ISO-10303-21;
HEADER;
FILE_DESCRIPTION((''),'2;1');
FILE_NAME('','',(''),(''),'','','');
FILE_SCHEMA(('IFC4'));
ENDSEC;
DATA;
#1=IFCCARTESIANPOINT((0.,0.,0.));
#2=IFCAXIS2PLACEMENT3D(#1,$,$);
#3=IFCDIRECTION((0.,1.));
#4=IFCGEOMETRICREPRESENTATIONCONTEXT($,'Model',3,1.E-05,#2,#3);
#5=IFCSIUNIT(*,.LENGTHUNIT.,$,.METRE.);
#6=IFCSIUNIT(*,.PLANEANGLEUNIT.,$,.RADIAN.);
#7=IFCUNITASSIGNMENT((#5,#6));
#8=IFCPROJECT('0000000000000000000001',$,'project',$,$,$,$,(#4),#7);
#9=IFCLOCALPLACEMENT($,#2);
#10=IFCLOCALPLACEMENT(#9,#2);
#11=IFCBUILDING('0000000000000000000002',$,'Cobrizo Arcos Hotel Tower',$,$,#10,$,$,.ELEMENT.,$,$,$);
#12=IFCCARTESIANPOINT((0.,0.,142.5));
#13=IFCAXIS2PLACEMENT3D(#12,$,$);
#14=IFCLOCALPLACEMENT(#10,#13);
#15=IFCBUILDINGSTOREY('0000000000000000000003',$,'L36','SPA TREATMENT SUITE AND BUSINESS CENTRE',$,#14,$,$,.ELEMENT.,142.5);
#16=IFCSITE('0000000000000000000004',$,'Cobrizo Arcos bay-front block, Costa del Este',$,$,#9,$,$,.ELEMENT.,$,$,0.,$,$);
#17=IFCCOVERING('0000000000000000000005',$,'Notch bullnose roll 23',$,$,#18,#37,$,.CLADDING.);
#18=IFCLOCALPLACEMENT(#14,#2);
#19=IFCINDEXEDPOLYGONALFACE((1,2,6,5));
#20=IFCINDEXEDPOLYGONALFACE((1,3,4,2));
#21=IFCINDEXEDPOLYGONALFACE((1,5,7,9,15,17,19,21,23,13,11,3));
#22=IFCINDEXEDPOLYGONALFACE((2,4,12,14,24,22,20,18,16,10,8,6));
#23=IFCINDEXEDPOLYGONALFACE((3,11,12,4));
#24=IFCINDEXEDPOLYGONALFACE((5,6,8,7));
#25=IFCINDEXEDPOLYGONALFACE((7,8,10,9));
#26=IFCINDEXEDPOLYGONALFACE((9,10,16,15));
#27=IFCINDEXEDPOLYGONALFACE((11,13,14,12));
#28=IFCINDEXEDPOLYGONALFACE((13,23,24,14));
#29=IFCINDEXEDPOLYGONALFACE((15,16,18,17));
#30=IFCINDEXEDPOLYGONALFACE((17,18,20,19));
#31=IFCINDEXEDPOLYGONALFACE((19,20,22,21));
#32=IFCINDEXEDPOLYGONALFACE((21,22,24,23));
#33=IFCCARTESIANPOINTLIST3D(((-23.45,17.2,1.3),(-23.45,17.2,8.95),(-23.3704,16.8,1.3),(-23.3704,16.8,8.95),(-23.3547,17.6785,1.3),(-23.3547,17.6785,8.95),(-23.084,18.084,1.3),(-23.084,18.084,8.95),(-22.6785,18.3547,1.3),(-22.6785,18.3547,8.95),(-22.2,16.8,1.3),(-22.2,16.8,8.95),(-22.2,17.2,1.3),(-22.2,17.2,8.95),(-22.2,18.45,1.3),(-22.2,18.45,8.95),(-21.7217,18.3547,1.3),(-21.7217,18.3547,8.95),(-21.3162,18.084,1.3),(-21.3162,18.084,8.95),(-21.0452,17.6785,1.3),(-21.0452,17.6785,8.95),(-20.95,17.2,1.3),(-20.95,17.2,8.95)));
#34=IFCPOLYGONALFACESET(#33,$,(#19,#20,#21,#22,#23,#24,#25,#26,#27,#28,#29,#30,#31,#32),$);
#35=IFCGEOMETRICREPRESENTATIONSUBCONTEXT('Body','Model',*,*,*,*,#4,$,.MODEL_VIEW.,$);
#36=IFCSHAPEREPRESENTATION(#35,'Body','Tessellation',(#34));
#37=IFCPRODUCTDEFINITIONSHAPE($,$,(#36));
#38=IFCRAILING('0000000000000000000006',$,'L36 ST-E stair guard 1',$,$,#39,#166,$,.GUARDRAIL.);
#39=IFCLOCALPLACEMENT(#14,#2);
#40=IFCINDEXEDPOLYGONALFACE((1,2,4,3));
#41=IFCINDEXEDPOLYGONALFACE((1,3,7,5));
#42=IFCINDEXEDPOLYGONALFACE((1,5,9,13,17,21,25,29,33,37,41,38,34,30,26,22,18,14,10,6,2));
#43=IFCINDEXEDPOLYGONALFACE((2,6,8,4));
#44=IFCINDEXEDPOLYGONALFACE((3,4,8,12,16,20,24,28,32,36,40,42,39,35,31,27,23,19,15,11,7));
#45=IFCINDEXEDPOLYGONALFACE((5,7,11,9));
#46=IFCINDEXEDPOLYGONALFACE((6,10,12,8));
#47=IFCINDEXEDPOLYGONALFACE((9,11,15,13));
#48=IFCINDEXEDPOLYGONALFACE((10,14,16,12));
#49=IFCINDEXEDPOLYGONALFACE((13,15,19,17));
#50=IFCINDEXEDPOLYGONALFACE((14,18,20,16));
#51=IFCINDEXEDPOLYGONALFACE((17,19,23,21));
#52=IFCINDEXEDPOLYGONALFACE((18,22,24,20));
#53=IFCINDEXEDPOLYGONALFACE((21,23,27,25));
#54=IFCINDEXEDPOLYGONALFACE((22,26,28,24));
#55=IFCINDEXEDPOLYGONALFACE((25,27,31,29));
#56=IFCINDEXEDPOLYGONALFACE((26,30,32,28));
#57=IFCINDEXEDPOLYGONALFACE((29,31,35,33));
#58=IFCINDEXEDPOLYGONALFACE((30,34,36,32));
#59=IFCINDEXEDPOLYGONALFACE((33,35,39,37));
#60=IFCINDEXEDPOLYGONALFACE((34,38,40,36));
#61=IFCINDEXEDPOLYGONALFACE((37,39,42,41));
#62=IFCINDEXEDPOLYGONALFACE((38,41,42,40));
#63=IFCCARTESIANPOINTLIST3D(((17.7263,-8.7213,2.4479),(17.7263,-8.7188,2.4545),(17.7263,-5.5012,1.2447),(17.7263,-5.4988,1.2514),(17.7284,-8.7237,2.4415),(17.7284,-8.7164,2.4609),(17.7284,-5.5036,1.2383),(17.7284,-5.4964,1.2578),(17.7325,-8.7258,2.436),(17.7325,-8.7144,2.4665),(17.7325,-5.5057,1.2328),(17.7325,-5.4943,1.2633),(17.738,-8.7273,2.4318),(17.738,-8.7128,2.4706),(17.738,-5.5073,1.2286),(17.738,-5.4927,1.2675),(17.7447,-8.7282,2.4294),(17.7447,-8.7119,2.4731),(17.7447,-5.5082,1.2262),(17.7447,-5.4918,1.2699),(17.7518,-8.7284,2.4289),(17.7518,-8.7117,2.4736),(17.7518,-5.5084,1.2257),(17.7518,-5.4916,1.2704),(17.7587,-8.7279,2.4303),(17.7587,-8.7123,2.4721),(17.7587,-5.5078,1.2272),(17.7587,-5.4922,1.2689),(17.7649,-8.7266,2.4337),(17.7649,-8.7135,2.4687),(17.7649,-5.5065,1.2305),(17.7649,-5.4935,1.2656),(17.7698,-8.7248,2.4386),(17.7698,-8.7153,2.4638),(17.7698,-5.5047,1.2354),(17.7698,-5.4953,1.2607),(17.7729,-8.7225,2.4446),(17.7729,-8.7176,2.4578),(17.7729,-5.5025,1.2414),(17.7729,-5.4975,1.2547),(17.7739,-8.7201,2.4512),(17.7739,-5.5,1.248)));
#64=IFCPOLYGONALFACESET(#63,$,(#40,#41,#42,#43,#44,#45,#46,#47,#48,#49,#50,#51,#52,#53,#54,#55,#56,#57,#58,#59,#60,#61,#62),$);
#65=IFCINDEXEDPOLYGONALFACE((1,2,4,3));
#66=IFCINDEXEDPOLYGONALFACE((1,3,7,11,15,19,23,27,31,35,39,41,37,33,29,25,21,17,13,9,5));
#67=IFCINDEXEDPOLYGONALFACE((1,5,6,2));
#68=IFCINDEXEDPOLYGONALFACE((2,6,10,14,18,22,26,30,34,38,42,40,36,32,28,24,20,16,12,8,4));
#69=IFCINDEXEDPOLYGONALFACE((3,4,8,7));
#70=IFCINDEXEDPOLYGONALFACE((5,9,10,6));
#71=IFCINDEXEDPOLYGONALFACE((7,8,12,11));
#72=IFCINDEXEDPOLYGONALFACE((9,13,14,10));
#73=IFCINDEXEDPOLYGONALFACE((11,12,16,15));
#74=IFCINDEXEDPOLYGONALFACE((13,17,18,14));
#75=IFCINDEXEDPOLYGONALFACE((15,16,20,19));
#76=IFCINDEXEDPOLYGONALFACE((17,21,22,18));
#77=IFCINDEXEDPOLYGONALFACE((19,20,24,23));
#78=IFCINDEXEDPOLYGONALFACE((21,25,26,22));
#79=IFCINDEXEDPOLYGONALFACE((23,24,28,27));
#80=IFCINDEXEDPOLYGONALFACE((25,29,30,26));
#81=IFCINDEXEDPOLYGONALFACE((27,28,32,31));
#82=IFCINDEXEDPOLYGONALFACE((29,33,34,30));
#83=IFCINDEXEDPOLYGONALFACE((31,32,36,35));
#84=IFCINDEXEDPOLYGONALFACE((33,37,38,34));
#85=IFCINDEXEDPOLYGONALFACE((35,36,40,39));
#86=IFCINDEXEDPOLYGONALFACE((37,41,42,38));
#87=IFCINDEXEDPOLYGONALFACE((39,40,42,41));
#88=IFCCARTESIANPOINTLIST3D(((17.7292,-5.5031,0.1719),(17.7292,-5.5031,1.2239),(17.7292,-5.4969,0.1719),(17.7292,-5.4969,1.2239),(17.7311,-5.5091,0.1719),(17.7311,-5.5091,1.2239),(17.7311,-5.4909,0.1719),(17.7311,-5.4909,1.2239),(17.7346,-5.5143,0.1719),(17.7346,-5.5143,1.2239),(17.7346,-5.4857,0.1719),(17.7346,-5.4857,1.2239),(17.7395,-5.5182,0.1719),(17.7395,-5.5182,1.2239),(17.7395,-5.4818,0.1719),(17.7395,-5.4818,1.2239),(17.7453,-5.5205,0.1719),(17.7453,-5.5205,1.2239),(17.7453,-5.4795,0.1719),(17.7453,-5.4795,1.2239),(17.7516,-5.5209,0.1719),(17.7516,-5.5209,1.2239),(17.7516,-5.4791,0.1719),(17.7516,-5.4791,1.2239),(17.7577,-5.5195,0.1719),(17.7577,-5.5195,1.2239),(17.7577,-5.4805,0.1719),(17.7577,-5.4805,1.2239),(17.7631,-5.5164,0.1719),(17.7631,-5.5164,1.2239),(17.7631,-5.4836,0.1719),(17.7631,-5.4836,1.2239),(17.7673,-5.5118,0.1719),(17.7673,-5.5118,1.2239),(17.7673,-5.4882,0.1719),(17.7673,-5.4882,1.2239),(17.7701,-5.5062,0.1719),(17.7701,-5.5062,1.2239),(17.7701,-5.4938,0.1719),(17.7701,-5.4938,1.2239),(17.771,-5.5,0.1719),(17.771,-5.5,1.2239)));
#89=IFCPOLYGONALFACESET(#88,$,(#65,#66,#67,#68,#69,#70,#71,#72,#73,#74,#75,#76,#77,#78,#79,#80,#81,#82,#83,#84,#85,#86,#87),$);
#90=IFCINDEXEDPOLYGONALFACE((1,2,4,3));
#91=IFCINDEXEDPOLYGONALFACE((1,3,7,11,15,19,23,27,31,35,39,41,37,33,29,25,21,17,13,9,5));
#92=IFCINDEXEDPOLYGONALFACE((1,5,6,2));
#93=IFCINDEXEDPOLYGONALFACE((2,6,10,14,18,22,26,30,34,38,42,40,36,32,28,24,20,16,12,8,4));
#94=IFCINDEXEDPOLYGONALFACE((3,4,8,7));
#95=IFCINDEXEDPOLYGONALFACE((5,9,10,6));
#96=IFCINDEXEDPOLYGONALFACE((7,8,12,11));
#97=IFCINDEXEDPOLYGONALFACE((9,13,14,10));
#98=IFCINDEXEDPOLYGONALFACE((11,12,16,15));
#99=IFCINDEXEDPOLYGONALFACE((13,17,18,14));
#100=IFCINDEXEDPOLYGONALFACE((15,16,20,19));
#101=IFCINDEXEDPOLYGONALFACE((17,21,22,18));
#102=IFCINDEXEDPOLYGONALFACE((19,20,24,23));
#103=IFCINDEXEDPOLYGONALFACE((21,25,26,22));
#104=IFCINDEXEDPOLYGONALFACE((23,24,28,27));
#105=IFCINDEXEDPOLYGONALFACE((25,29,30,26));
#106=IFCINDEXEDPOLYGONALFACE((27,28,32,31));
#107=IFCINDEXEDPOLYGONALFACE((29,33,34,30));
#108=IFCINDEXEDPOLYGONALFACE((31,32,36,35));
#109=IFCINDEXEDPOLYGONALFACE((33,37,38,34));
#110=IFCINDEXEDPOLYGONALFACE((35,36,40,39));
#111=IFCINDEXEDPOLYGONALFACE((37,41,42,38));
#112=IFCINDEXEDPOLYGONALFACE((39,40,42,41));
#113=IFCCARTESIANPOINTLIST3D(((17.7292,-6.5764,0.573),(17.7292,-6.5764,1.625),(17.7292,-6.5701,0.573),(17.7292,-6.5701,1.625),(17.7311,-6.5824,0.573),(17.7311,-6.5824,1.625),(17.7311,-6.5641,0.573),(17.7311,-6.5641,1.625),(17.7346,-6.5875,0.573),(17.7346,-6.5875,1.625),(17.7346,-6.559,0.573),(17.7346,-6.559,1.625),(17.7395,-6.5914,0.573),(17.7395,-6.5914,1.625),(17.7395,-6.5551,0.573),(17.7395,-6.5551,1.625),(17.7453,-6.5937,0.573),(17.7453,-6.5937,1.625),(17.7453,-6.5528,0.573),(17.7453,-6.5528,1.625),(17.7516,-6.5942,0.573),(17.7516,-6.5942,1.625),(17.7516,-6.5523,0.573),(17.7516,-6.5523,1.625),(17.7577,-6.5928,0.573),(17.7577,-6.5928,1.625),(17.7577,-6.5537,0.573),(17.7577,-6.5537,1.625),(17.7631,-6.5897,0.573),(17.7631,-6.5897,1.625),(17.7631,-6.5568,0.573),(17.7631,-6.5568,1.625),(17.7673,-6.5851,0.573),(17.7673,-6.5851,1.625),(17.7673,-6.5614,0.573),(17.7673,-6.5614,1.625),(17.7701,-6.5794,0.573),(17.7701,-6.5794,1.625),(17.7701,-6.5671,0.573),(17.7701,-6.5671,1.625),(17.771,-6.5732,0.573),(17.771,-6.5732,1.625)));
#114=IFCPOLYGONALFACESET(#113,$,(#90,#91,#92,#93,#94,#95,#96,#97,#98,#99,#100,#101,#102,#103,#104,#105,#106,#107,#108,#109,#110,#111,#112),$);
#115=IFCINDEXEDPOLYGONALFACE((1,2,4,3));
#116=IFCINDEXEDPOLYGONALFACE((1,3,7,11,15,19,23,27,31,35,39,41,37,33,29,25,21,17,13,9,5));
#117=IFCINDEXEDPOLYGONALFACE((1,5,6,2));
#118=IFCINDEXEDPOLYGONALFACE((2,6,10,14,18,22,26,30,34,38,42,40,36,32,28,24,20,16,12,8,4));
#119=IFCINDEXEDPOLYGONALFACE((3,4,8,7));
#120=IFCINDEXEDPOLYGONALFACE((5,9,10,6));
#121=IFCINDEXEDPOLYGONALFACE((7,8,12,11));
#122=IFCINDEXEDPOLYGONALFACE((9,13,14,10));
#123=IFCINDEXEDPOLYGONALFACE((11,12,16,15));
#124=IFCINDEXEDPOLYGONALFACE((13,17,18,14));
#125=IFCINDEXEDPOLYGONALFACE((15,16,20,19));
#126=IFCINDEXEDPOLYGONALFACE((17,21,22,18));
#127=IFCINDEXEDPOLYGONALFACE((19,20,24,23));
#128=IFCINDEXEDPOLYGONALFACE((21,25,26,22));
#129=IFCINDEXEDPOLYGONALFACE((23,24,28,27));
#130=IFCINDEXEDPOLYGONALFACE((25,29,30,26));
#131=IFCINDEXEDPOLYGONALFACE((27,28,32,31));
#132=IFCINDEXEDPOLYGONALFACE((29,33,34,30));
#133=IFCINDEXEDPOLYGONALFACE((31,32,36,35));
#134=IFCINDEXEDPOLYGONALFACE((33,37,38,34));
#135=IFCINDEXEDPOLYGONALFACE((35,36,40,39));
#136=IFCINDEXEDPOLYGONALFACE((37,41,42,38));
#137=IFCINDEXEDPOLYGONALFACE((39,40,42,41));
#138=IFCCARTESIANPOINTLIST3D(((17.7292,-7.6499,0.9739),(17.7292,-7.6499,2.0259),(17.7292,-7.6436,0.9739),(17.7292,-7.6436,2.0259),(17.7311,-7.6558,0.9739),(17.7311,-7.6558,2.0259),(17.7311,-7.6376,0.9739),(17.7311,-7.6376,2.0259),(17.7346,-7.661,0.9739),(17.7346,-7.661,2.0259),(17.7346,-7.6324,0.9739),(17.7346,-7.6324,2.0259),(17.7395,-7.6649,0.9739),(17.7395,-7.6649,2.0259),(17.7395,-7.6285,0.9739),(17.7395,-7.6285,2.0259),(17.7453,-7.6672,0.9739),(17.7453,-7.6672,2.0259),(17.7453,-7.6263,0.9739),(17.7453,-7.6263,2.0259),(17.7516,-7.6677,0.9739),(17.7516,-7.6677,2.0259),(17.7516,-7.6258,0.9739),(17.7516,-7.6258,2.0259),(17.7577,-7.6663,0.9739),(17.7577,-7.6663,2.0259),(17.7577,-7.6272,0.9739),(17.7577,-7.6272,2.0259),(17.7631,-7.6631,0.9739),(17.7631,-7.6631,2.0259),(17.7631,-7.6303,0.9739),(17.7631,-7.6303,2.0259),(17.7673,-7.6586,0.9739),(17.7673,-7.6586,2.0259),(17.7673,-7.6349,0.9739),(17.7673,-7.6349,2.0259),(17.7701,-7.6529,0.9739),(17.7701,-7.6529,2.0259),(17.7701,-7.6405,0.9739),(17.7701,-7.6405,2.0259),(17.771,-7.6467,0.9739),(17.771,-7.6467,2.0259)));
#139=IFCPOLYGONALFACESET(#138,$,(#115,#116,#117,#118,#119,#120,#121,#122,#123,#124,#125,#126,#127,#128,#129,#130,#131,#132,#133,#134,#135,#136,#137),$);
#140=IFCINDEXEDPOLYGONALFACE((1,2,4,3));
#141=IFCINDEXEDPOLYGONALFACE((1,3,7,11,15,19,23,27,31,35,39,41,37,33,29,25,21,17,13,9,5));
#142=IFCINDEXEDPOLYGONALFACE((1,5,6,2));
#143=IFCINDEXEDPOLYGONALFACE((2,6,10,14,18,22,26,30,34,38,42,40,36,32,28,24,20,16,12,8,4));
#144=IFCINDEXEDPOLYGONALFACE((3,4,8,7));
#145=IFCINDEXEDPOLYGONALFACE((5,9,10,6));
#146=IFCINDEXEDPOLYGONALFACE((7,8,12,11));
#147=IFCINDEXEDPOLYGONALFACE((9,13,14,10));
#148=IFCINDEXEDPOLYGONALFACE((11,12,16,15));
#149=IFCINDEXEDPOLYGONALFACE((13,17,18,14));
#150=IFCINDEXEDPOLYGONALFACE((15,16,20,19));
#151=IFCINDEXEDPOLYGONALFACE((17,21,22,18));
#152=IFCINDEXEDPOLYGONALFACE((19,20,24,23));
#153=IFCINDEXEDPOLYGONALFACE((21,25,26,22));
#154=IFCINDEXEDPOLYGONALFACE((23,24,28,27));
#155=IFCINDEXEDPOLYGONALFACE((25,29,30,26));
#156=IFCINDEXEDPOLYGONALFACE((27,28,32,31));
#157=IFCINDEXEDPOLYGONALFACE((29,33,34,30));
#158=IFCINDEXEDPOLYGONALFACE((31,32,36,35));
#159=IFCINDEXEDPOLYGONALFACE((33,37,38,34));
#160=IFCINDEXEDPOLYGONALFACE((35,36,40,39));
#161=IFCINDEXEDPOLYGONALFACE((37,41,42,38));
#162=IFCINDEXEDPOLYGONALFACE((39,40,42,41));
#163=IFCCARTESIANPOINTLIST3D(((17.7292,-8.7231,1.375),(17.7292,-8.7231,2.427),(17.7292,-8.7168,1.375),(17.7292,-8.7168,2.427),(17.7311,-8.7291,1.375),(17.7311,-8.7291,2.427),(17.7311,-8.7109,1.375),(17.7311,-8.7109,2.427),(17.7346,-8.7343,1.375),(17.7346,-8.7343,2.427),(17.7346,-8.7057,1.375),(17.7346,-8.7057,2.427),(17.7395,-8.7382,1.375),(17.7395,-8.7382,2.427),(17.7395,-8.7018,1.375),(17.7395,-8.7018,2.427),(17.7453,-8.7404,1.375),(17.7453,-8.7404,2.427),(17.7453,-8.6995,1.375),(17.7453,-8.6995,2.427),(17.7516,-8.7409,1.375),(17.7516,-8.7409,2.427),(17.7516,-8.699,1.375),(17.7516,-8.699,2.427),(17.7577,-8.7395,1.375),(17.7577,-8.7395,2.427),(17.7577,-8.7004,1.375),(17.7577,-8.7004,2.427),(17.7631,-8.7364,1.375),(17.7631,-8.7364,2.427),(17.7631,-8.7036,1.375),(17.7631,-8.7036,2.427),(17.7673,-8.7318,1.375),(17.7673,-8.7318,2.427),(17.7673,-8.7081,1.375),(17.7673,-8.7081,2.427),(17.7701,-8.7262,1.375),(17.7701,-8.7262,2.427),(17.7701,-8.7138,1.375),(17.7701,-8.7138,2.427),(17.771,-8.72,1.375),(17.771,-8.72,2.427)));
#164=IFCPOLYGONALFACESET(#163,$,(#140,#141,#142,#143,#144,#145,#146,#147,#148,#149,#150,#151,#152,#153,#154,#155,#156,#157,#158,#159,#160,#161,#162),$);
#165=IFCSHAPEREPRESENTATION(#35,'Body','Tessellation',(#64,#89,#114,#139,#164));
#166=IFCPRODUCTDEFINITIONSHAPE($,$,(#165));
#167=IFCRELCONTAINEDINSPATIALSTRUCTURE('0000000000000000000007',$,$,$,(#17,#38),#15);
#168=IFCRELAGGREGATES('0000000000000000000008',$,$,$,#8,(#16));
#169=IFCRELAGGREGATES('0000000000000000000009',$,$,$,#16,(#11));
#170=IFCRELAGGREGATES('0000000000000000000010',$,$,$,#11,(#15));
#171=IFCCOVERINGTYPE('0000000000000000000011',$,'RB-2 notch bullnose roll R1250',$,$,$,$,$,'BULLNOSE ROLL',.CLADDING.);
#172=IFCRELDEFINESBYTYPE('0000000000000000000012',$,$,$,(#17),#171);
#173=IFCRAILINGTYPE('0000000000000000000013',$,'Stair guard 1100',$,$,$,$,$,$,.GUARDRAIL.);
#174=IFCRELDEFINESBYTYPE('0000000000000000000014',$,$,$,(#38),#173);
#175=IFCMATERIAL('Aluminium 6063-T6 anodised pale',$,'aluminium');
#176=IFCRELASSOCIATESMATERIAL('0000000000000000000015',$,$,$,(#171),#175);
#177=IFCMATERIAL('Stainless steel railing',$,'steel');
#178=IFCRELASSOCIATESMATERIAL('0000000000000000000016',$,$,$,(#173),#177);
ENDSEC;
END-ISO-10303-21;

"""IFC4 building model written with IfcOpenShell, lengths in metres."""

from ifc_helpers import new_model, si_unit, direction, frame, origin, origin_2d, place, context, subcontext, project, spatial, polyline, circle, outline, extrude, material, type_object, element, save


model = new_model("IFC4")

# Units and contexts
model_context = context("Model", 3, precision=1e-05, world=origin(), true_north=direction((0.0, 1.0)))
body_context = subcontext(model_context, "Body", "Model", "MODEL_VIEW")
ifc_project = project(units=[si_unit("LENGTHUNIT", "METRE"), si_unit("PLANEANGLEUNIT", "RADIAN")], contexts=[model_context])

# Site, building, storey
site_placement = place(None, origin())
site = spatial("IfcSite", under=ifc_project, at=site_placement, Name="Cobrizo Arcos bay-front block, Costa del Este", CompositionType="ELEMENT", RefElevation=0.0)
building_placement = place(site_placement, origin())
building = spatial("IfcBuilding", under=site, at=building_placement, Name="Cobrizo Arcos Hotel Tower", CompositionType="ELEMENT")
storey_placement = place(building_placement, frame((0.0, 0.0, 142.5)))
storey = spatial("IfcBuildingStorey", under=building, at=storey_placement, Name="L36", Description="SPA TREATMENT SUITE AND BUSINESS CENTRE", CompositionType="ELEMENT", Elevation=142.5)

# Covering
ifc_material_1 = material(Name="Aluminium 6063-T6 anodised pale", Category="aluminium")
covering_type = type_object("IfcCoveringType", Name="RB-2 notch bullnose roll R1250", ElementType="BULLNOSE ROLL", PredefinedType="CLADDING", material=ifc_material_1)
covering_1_placement = place(storey_placement, frame((0.0, 0.0, 1.3)))
element("IfcCovering", 1, at=covering_1_placement, inside=storey, type_object=covering_type, Name="Notch bullnose roll 23", PredefinedType="CLADDING", context=body_context, shape_type="SweptSolid", body=[
    extrude(outline(polyline([(-21.3162, 18.084), (-21.7217, 18.3547), (-22.2, 18.45), (-22.6785, 18.3547), (-23.084, 18.084), (-23.3547, 17.6785), (-23.45, 17.2), (-23.3704, 16.8), (-22.2, 16.8), (-22.2, 17.2), (-20.95, 17.2), (-21.0452, 17.6785), (-21.3162, 18.084)])), origin(), (0.0, 0.0, 1.0), 7.6499),
])

# Railing
ifc_material_2 = material(Name="Stainless steel railing", Category="steel")
railing_type_1 = type_object("IfcRailingType", Name="Stair guard 1100", PredefinedType="GUARDRAIL", material=ifc_material_2)
railing_1_placement = place(storey_placement, frame((17.75, -5.5, 0.1719)))
element("IfcRailing", 2, at=railing_1_placement, inside=storey, type_object=railing_type_1, Name="L36 ST-E stair guard 1", PredefinedType="GUARDRAIL", context=body_context, shape_type="SweptSolid", body=[
    extrude(circle(Radius=0.0239, at=origin_2d()), frame((0.0, 0.0, 1.0762), z_axis=(0.0, -0.936746, 0.35001), x_axis=(1.0, 0.0, 0.0)), (0.0, 0.0, 1.0), 3.4375),
    extrude(circle(Radius=0.021, at=origin_2d()), origin(), (0.0, 0.0, 1.0), 1.052),
    extrude(circle(Radius=0.021, at=origin_2d()), frame((0.0, -1.0732, 0.4011)), (0.0, 0.0, 1.0), 1.052),
    extrude(circle(Radius=0.021, at=origin_2d()), frame((0.0, -2.1467, 0.802)), (0.0, 0.0, 1.0), 1.052),
    extrude(circle(Radius=0.021, at=origin_2d()), frame((0.0, -3.22, 1.2031)), (0.0, 0.0, 1.0), 1.052),
])

save(model, "model.ifc")
